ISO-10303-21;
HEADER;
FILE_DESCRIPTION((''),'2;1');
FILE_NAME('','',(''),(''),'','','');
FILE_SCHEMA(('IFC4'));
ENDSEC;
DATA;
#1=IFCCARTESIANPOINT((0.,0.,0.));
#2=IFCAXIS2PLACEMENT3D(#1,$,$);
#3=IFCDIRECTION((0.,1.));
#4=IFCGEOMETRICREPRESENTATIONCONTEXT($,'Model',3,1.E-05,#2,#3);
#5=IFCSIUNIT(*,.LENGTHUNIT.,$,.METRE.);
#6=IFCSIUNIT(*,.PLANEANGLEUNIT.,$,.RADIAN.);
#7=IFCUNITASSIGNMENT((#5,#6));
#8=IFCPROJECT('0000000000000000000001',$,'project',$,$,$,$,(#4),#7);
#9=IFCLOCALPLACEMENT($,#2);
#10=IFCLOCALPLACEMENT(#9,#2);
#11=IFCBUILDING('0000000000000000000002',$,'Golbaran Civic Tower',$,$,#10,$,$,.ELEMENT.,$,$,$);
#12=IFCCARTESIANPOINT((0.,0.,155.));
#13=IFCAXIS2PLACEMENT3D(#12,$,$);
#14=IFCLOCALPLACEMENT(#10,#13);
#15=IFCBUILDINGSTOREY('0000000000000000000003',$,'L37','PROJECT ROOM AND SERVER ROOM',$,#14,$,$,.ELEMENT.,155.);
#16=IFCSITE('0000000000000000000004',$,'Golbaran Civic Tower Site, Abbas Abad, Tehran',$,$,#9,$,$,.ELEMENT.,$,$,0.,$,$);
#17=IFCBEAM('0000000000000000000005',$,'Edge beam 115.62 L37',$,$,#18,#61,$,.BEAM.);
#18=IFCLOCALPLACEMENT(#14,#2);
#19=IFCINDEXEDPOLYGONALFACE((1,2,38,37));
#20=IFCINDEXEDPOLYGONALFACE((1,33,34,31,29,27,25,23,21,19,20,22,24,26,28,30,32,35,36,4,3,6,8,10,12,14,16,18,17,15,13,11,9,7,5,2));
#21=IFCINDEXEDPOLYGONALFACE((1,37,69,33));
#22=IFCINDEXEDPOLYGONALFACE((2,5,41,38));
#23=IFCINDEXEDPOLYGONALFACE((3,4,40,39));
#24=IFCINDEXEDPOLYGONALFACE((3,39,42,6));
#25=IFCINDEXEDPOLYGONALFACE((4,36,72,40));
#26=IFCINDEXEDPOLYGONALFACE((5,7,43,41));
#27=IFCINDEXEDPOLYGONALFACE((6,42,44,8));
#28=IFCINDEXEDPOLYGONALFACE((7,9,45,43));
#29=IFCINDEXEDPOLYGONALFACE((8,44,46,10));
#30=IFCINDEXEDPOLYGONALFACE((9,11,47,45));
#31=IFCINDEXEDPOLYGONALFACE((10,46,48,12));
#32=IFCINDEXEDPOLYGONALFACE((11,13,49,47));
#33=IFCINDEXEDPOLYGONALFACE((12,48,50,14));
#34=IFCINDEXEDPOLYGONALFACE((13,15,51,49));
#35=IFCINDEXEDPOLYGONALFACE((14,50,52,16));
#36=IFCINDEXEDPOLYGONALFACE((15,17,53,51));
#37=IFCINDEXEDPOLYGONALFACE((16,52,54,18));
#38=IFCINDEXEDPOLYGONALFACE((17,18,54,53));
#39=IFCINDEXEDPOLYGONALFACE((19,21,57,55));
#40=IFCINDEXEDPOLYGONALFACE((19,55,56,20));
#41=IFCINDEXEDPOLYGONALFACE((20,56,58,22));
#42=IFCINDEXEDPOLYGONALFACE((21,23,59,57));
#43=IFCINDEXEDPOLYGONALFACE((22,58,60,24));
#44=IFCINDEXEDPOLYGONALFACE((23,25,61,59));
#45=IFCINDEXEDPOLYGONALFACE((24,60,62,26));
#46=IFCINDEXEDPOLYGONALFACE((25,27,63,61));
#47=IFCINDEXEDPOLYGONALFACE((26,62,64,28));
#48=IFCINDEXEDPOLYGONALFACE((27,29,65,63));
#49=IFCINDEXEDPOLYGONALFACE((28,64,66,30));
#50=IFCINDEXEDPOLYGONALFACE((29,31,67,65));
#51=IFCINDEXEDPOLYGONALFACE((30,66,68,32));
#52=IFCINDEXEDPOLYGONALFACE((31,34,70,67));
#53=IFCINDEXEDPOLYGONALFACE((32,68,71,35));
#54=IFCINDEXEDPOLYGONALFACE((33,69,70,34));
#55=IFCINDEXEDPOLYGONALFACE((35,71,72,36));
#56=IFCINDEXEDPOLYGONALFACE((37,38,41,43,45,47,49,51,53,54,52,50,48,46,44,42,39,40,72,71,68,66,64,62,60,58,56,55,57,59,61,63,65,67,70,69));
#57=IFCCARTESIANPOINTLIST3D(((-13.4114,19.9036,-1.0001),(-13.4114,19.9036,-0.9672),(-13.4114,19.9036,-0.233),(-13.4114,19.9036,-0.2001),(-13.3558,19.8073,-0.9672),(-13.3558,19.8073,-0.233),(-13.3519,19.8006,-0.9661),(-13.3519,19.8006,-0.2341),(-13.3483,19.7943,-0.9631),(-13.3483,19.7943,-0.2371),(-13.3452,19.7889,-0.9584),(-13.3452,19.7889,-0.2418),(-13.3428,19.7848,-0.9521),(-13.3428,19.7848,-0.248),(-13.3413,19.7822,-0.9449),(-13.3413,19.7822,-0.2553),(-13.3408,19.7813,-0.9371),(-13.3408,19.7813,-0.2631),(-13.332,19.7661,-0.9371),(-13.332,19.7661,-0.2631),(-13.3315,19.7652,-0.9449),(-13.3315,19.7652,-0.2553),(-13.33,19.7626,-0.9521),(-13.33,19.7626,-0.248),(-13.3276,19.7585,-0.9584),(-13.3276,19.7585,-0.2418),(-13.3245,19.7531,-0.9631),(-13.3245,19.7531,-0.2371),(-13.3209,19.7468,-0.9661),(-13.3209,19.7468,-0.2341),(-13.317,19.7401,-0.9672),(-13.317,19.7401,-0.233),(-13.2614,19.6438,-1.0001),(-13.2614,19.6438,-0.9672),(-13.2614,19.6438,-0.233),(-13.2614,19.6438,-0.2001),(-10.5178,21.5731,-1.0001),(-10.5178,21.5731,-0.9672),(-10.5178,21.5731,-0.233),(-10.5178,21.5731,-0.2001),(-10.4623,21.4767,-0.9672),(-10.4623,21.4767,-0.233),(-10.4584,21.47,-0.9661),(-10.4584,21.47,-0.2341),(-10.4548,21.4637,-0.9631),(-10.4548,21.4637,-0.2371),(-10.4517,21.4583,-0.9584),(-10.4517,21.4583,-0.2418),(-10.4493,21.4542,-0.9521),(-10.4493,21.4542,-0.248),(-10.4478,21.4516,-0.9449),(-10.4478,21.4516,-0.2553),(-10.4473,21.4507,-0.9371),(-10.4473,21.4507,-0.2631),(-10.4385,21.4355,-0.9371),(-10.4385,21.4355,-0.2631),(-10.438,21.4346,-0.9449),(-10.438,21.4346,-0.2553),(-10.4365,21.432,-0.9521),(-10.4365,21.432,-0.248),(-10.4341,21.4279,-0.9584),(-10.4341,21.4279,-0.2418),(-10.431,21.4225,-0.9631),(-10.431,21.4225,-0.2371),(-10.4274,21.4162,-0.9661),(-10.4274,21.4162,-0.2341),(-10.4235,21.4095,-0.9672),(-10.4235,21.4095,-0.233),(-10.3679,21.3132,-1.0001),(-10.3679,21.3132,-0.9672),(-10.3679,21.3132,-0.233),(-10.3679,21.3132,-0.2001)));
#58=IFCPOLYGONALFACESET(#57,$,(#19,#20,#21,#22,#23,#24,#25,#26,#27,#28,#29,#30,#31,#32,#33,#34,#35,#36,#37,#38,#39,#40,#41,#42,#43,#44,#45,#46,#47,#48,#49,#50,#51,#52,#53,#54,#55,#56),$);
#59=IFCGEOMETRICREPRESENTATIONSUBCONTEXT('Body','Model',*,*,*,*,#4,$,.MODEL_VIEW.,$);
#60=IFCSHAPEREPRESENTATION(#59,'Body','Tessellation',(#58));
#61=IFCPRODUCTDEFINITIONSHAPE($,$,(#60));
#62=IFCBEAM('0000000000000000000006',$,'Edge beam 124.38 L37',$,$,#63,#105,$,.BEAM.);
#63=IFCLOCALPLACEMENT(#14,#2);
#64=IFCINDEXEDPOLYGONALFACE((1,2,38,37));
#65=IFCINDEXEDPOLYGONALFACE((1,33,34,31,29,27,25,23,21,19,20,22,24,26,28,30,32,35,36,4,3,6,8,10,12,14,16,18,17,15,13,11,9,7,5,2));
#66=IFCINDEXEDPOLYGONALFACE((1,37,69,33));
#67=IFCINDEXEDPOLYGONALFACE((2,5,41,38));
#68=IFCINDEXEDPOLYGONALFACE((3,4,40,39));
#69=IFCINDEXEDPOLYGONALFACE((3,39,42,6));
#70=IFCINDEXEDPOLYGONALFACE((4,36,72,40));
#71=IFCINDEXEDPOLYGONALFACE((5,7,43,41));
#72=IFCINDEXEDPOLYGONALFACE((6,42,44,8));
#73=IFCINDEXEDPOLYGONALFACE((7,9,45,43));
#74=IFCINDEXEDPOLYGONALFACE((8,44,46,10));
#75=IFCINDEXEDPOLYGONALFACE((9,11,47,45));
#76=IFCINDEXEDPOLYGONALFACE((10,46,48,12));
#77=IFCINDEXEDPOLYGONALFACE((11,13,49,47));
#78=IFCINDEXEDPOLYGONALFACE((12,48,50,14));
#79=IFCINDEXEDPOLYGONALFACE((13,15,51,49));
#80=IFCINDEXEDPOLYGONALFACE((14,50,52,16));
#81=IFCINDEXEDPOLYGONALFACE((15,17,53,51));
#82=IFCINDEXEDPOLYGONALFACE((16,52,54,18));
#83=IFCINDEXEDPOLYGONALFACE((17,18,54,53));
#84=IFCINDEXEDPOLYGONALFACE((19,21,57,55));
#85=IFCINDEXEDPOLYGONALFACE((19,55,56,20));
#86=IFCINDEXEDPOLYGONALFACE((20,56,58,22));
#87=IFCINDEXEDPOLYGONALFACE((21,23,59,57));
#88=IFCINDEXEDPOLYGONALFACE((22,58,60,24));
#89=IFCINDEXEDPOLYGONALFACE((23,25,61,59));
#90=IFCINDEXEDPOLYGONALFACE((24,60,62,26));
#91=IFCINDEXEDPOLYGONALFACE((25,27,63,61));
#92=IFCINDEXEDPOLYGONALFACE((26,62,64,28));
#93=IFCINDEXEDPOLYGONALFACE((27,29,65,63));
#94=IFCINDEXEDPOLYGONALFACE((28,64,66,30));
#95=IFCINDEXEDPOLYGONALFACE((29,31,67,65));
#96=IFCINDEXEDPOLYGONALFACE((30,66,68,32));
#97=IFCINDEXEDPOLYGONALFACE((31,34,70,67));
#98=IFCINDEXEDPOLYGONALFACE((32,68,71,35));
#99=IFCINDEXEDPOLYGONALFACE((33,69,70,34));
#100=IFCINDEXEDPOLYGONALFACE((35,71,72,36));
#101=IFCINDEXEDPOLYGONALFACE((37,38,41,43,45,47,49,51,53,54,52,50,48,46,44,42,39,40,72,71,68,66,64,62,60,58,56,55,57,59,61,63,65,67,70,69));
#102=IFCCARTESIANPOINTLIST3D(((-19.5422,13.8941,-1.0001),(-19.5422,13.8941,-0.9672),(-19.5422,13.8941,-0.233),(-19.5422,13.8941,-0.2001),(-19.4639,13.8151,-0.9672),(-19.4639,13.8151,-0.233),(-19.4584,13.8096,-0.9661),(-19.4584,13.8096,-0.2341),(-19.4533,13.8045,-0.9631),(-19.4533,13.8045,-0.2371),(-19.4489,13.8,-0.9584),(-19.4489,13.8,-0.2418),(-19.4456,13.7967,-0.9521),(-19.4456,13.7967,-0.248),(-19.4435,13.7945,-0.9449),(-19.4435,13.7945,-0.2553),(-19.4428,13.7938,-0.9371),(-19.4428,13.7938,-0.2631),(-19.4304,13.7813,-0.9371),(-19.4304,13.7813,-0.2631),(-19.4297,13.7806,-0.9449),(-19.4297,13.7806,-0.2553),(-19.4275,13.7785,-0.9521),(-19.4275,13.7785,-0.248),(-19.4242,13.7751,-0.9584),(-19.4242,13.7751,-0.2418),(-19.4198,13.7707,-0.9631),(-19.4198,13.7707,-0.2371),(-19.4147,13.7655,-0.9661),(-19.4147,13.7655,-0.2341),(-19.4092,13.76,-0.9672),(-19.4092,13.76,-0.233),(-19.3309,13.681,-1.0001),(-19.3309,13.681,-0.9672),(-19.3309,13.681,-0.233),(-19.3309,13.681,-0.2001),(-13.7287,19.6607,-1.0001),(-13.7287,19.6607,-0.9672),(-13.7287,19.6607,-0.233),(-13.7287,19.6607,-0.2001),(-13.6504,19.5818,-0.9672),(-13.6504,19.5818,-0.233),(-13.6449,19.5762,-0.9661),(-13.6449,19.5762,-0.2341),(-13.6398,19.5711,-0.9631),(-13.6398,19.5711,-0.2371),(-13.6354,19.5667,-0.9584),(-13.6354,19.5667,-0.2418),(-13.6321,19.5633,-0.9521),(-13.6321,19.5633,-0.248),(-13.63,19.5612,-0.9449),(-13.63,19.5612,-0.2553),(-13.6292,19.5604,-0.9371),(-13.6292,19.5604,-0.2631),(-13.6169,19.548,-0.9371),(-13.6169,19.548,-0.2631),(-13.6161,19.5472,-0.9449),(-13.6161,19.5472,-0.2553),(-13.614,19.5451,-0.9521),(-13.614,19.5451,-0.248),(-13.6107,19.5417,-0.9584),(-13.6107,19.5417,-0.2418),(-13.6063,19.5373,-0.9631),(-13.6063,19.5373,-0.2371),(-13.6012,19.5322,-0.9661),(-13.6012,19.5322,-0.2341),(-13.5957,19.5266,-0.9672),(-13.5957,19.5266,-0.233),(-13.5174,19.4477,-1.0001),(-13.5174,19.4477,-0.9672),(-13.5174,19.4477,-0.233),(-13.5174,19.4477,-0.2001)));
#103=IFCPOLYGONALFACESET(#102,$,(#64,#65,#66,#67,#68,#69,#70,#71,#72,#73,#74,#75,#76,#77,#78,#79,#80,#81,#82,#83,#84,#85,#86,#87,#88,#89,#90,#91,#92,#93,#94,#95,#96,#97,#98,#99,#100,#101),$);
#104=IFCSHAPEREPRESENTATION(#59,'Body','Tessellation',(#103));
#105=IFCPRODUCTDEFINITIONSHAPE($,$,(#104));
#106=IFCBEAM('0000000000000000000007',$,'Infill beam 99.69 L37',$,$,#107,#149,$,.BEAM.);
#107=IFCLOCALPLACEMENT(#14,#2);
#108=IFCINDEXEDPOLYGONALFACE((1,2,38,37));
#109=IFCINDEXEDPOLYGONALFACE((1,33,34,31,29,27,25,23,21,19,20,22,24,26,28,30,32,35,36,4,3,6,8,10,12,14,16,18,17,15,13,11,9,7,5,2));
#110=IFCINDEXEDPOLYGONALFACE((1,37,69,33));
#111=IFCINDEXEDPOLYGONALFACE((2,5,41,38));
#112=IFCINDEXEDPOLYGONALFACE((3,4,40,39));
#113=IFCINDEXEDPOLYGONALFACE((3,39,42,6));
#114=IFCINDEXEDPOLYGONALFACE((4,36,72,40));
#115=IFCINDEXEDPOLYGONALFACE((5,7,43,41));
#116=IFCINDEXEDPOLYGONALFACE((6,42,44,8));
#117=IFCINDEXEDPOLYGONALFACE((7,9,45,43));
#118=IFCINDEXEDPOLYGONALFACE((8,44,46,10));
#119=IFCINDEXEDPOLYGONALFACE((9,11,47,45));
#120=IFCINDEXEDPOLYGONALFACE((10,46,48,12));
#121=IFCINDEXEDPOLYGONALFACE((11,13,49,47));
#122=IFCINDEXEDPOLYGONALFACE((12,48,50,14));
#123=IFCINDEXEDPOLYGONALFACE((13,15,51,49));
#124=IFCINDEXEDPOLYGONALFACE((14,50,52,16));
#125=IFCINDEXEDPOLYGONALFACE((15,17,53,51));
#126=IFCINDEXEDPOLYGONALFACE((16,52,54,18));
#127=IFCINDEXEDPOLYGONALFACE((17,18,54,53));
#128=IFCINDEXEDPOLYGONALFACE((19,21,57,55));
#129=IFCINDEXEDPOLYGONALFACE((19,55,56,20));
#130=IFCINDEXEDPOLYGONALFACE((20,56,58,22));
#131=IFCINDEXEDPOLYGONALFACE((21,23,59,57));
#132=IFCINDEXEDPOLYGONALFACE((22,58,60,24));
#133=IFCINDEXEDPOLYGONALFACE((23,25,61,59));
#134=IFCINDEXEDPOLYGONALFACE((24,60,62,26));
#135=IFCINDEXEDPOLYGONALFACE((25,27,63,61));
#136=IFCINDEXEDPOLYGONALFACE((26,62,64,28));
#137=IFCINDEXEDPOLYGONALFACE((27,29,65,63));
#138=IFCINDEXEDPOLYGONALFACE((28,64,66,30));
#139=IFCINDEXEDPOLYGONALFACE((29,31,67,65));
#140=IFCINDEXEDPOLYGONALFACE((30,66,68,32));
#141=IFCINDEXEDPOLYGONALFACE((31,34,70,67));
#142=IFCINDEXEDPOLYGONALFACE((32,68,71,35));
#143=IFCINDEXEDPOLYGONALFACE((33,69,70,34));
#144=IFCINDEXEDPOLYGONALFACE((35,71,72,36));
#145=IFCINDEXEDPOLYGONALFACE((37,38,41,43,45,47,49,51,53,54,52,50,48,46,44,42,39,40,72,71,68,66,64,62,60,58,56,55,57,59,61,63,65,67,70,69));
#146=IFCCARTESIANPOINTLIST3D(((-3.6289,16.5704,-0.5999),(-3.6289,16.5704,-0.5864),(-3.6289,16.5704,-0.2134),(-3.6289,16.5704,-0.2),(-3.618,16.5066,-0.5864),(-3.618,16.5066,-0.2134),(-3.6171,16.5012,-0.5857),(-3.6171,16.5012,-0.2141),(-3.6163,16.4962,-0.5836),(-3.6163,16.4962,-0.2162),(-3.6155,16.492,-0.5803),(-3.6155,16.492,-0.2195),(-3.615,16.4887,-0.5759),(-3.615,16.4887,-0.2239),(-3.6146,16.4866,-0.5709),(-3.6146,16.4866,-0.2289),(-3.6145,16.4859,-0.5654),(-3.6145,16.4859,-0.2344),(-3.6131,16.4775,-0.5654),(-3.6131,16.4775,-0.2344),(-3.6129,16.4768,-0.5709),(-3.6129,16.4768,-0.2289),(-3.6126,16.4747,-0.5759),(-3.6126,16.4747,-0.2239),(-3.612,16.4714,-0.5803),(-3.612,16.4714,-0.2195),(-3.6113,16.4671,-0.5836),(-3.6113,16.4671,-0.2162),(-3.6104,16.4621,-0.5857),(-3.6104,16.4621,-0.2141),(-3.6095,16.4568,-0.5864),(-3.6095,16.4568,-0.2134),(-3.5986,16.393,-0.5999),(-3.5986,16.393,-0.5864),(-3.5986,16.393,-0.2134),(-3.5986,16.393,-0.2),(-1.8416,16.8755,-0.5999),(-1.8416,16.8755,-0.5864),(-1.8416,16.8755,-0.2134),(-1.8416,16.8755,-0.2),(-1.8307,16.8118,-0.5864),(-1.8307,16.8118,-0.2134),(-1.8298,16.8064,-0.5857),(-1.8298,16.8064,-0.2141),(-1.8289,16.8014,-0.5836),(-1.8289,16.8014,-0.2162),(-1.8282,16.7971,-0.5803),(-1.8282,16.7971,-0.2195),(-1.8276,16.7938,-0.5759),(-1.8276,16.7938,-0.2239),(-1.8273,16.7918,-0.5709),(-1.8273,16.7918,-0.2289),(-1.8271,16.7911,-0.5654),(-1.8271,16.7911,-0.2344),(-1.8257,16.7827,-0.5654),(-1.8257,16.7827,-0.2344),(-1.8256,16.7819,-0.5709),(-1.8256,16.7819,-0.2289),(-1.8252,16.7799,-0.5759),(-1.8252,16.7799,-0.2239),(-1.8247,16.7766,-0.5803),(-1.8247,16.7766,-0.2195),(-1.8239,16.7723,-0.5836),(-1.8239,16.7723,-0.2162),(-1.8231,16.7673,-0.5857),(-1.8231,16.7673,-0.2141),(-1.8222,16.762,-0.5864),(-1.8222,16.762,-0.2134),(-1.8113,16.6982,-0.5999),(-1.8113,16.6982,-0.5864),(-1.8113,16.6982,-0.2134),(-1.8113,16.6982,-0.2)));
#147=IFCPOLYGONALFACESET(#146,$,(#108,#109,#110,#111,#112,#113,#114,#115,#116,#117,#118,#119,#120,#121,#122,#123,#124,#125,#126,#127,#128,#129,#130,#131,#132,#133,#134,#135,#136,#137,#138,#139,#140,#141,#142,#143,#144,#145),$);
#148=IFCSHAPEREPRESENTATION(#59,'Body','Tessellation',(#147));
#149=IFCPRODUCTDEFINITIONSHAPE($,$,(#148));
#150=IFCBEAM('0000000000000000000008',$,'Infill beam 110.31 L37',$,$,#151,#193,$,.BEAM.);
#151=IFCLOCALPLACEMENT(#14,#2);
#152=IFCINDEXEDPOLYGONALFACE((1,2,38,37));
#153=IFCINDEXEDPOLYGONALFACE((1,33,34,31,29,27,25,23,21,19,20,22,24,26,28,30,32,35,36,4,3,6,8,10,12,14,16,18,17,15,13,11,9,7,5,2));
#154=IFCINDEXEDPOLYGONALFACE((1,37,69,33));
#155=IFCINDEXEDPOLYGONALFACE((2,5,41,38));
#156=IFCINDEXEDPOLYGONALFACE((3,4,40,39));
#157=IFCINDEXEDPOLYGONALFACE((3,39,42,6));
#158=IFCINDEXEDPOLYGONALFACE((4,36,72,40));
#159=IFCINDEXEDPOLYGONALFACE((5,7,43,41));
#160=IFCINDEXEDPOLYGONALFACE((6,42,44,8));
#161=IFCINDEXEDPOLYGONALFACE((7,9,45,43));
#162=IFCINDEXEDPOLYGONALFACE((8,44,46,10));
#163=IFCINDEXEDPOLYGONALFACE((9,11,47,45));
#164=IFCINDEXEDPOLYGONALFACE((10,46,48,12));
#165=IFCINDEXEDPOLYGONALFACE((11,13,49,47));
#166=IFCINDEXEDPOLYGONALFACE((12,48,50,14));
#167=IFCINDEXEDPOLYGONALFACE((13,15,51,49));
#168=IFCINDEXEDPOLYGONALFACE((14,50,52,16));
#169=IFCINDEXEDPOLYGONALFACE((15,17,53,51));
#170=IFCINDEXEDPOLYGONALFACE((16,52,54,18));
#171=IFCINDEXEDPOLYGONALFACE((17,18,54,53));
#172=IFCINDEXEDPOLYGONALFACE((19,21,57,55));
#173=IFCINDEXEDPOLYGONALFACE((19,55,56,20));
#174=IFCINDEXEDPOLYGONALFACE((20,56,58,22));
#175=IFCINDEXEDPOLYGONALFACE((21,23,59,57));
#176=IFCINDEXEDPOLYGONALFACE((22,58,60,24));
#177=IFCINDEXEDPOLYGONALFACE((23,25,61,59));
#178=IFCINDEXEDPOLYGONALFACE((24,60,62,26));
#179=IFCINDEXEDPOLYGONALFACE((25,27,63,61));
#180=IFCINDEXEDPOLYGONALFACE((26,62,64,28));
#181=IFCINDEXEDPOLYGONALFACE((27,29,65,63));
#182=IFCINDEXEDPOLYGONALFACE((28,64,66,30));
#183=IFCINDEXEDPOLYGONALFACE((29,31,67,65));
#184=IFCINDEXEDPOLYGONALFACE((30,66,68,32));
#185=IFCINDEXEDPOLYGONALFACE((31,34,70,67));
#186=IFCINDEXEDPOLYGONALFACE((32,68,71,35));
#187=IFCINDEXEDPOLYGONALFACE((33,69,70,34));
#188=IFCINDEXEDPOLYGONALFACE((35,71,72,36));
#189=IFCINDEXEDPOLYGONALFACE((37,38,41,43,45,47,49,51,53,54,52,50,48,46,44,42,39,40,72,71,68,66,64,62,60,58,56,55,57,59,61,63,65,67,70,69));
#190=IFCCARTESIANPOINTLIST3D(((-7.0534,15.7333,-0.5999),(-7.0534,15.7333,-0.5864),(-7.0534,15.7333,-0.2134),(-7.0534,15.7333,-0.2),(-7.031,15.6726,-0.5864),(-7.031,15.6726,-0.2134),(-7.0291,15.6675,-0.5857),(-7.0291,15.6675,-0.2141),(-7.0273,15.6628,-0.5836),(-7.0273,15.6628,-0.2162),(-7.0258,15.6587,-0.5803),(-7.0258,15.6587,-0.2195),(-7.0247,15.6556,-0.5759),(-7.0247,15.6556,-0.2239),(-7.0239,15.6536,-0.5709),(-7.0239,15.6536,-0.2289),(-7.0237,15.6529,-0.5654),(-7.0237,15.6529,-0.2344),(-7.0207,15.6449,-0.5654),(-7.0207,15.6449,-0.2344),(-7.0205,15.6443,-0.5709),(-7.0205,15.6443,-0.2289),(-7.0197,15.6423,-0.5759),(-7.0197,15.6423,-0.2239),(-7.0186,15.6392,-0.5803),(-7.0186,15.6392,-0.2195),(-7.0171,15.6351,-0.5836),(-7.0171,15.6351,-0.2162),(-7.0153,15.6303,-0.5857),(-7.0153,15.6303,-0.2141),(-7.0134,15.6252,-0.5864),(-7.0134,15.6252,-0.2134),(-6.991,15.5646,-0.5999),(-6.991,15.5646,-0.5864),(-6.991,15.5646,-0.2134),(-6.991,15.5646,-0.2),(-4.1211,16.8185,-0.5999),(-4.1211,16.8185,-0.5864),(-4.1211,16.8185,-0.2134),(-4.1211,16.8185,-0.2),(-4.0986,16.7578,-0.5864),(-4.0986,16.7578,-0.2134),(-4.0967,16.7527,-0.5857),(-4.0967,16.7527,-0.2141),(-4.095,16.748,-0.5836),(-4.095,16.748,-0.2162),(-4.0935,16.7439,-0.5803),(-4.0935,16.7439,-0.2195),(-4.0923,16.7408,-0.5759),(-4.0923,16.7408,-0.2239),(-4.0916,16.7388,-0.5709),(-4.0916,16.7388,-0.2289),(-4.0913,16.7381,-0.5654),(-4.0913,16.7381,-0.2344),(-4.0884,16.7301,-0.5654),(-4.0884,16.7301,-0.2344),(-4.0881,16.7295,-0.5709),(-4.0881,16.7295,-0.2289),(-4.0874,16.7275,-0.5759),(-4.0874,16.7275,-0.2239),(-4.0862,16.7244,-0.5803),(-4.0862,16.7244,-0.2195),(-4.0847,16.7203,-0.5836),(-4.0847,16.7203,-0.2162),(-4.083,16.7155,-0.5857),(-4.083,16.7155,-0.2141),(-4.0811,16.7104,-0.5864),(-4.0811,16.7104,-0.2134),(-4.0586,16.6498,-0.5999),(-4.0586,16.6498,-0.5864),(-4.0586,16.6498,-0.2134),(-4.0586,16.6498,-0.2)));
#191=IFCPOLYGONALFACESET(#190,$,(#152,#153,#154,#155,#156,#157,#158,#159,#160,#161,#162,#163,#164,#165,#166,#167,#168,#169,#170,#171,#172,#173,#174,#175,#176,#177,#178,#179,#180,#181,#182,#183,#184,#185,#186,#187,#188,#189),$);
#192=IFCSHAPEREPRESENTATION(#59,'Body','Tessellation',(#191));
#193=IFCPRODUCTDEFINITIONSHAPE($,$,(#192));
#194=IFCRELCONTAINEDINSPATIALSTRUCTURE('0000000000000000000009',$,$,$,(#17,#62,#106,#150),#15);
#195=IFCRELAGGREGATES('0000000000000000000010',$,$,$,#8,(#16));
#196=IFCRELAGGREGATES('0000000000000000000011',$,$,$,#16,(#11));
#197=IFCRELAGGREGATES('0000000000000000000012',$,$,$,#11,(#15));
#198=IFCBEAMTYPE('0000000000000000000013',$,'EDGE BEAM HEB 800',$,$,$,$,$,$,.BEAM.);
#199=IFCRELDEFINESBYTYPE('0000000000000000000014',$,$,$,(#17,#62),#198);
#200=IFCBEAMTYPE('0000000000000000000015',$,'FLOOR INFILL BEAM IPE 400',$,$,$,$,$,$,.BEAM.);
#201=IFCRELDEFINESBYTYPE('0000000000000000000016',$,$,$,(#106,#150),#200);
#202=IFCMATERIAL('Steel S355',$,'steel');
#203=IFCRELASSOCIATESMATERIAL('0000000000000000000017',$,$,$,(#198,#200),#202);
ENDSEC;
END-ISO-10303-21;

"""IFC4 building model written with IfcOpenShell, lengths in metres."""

from ifc_helpers import new_model, si_unit, direction, frame, origin, origin_2d, place, context, subcontext, project, spatial, i_section, extrude, material, material_profile, profile_set, type_object, element, save


model = new_model("IFC4")

# Units and contexts
model_context = context("Model", 3, precision=1e-05, world=origin(), true_north=direction((0.0, 1.0)))
body_context = subcontext(model_context, "Body", "Model", "MODEL_VIEW")
ifc_project = project(units=[si_unit("LENGTHUNIT", "METRE"), si_unit("PLANEANGLEUNIT", "RADIAN")], contexts=[model_context])

# Site, building, storey
site_placement = place(None, origin())
site = spatial("IfcSite", under=ifc_project, at=site_placement, Name="Golbaran Civic Tower Site, Abbas Abad, Tehran", CompositionType="ELEMENT", RefElevation=0.0)
building_placement = place(site_placement, origin())
building = spatial("IfcBuilding", under=site, at=building_placement, Name="Golbaran Civic Tower", CompositionType="ELEMENT")
storey_placement = place(building_placement, frame((0.0, 0.0, 155.0)))
storey = spatial("IfcBuildingStorey", under=building, at=storey_placement, Name="L37", Description="PROJECT ROOM AND SERVER ROOM", CompositionType="ELEMENT", Elevation=155.0)

# Beams
ifc_material_1 = material(Name="Steel S355", Category="steel")
ifc_material_profile_1 = material_profile(ifc_material_1, i_section(OverallWidth=0.3, OverallDepth=0.8, WebThickness=0.0176, FlangeThickness=0.033, FilletRadius=0.03, at=origin_2d()), Name="HEB 800")
ifc_profile_set_1 = profile_set([ifc_material_profile_1], Name="Steel S355")
beam_type_1 = type_object("IfcBeamType", Name="EDGE BEAM HEB 800", PredefinedType="BEAM", material=ifc_profile_set_1)
beam_1_placement = place(storey_placement, frame((-10.4429, 21.4431, -0.6001), z_axis=(-0.866176, -0.499739, 0.0), x_axis=(0.499739, -0.866176, 0.0)))
element("IfcBeam", 1, at=beam_1_placement, inside=storey, type_object=beam_type_1, Name="Edge beam 115.62 L37", PredefinedType="BEAM", context=body_context, shape_type="SweptSolid", body=[
    extrude(i_section(OverallWidth=0.3, OverallDepth=0.8, WebThickness=0.0176, FlangeThickness=0.033, FilletRadius=0.03, at=origin_2d()), origin(), (0.0, 0.0, 1.0), 3.3406),
])
beam_2_placement = place(storey_placement, frame((-13.623, 19.5542, -0.6001), z_axis=(-0.709963, -0.704239, 0.0), x_axis=(0.704239, -0.709963, 0.0)))
element("IfcBeam", 2, at=beam_2_placement, inside=storey, type_object=beam_type_1, Name="Edge beam 124.38 L37", PredefinedType="BEAM", context=body_context, shape_type="SweptSolid", body=[
    extrude(i_section(OverallWidth=0.3, OverallDepth=0.8, WebThickness=0.0176, FlangeThickness=0.033, FilletRadius=0.03, at=origin_2d()), origin(), (0.0, 0.0, 1.0), 8.1885),
])
ifc_material_profile_2 = material_profile(ifc_material_1, i_section(OverallWidth=0.1799, OverallDepth=0.3999, WebThickness=0.0085, FlangeThickness=0.0134, FilletRadius=0.021, at=origin_2d()), Name="IPE 400")
ifc_profile_set_2 = profile_set([ifc_material_profile_2], Name="Steel S355")
beam_type_2 = type_object("IfcBeamType", Name="FLOOR INFILL BEAM IPE 400", PredefinedType="BEAM", material=ifc_profile_set_2)
beam_3_placement = place(storey_placement, frame((-1.8264, 16.7869, -0.3999), z_axis=(-0.985735, -0.168306, 0.0), x_axis=(0.168306, -0.985735, 0.0)))
element("IfcBeam", 3, at=beam_3_placement, inside=storey, type_object=beam_type_2, Name="Infill beam 99.69 L37", PredefinedType="BEAM", context=body_context, shape_type="SweptSolid", body=[
    extrude(i_section(OverallWidth=0.1799, OverallDepth=0.3999, WebThickness=0.0085, FlangeThickness=0.0134, FilletRadius=0.021, at=origin_2d()), origin(), (0.0, 0.0, 1.0), 1.8132),
])
beam_4_placement = place(storey_placement, frame((-4.0898, 16.7341, -0.3999), z_axis=(-0.937838, -0.347073, 0.0), x_axis=(0.347073, -0.937838, 0.0)))
element("IfcBeam", 4, at=beam_4_placement, inside=storey, type_object=beam_type_2, Name="Infill beam 110.31 L37", PredefinedType="BEAM", context=body_context, shape_type="SweptSolid", body=[
    extrude(i_section(OverallWidth=0.1799, OverallDepth=0.3999, WebThickness=0.0085, FlangeThickness=0.0134, FilletRadius=0.021, at=origin_2d()), origin(), (0.0, 0.0, 1.0), 3.1267),
])

save(model, "model.ifc")
